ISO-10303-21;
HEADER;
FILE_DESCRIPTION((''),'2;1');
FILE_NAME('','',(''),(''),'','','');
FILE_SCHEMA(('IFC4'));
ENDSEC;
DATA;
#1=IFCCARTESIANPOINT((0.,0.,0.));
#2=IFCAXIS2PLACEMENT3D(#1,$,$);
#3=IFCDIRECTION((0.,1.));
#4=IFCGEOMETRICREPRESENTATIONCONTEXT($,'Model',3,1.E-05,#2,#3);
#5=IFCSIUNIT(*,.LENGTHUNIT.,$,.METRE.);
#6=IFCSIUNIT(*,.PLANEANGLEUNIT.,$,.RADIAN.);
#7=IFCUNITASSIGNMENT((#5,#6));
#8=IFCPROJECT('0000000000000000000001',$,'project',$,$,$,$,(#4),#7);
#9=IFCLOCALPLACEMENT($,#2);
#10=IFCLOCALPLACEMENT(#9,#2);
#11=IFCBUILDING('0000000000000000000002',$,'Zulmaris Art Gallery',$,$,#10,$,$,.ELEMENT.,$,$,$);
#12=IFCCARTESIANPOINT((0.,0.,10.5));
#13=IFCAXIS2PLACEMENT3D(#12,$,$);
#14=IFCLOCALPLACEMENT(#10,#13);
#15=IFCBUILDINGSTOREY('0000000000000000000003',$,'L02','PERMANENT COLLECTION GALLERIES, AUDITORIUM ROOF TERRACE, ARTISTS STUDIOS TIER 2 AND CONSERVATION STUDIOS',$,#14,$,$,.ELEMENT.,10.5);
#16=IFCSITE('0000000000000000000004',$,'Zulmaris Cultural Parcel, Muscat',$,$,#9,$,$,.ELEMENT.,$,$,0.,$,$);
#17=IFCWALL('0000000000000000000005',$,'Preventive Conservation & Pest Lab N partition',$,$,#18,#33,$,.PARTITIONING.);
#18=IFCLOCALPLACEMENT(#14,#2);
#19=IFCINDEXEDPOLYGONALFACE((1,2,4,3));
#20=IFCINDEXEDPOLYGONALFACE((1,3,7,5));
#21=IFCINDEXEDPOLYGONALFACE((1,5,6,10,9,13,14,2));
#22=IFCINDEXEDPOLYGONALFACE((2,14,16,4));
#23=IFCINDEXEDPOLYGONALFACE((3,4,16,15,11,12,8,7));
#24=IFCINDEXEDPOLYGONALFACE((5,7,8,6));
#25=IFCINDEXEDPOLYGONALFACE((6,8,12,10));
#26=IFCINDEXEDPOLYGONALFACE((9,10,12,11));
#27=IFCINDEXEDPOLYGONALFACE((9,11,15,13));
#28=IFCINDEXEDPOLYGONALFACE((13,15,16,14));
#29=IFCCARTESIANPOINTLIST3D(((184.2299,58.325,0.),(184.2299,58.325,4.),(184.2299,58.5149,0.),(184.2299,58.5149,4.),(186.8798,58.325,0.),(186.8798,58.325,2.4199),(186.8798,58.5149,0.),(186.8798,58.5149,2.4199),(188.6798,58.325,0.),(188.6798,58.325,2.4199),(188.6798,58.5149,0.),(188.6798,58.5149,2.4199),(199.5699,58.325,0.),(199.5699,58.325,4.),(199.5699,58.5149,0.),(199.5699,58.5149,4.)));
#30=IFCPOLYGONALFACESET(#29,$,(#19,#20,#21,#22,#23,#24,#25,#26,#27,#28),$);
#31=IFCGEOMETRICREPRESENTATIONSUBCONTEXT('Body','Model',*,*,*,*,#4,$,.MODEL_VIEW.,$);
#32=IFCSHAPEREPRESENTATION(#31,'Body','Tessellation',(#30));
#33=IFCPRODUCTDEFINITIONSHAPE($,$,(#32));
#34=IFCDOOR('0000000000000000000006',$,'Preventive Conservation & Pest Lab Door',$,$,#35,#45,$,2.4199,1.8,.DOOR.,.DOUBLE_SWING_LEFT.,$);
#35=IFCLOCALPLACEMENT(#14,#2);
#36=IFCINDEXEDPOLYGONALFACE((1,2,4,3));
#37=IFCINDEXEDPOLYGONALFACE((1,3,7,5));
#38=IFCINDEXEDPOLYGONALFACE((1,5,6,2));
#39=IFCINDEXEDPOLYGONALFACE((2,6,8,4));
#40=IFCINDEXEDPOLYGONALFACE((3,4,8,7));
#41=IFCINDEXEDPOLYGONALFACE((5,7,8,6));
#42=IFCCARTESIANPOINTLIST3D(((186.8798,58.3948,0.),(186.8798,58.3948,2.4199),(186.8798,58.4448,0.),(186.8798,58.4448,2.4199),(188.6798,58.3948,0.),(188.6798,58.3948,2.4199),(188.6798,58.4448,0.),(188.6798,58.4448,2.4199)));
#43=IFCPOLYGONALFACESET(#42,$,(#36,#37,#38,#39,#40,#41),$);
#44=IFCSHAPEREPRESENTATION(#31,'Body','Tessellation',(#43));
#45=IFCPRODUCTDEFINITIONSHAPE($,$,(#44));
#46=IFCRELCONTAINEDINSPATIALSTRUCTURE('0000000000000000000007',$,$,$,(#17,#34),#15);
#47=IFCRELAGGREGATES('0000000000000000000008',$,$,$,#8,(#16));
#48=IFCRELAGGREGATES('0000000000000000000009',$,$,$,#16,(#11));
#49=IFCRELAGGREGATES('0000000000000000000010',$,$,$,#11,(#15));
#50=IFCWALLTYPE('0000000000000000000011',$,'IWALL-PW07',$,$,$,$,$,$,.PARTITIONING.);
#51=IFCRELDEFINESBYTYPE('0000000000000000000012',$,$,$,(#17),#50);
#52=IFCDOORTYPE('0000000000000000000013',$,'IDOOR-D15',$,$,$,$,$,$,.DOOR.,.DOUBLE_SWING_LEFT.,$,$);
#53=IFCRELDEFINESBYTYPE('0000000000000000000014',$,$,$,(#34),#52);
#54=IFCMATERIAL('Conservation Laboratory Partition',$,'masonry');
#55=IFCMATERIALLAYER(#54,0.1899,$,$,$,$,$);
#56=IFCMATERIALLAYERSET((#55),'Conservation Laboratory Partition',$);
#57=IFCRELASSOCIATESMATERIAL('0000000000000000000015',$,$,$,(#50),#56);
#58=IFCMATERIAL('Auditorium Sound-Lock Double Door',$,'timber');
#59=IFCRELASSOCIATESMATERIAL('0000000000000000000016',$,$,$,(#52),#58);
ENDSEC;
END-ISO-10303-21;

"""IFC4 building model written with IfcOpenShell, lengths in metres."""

from ifc_helpers import new_model, si_unit, direction, frame, frame_2d, origin, place, context, subcontext, project, spatial, rectangle, extrude, material, layer, layer_set, type_object, element, fill, save


model = new_model("IFC4")

# Units and contexts
model_context = context("Model", 3, precision=1e-05, world=origin(), true_north=direction((0.0, 1.0)))
body_context = subcontext(model_context, "Body", "Model", "MODEL_VIEW")
ifc_project = project(units=[si_unit("LENGTHUNIT", "METRE"), si_unit("PLANEANGLEUNIT", "RADIAN")], contexts=[model_context])

# Site, building, storey
site_placement = place(None, origin())
site = spatial("IfcSite", under=ifc_project, at=site_placement, Name="Zulmaris Cultural Parcel, Muscat", CompositionType="ELEMENT", RefElevation=0.0)
building_placement = place(site_placement, origin())
building = spatial("IfcBuilding", under=site, at=building_placement, Name="Zulmaris Art Gallery", CompositionType="ELEMENT")
storey_placement = place(building_placement, frame((0.0, 0.0, 10.5)))
storey = spatial("IfcBuildingStorey", under=building, at=storey_placement, Name="L02", Description="PERMANENT COLLECTION GALLERIES, AUDITORIUM ROOF TERRACE, ARTISTS STUDIOS TIER 2 AND CONSERVATION STUDIOS", CompositionType="ELEMENT", Elevation=10.5)

# Wall, opening, door
ifc_material_1 = material(Name="Conservation Laboratory Partition", Category="masonry")
ifc_layer_1 = layer(ifc_material_1, 0.1899)
ifc_layer_set_1 = layer_set([ifc_layer_1], Name="Conservation Laboratory Partition")
wall_type_1 = type_object("IfcWallType", Name="IWALL-PW07", PredefinedType="PARTITIONING", material=ifc_layer_set_1)
wall_1_placement = place(storey_placement, frame((184.23, 58.4199, 0.0), z_axis=(0.0, 0.0, 1.0), x_axis=(1.0, 0.0, 0.0)))
wall_1 = element("IfcWall", 1, at=wall_1_placement, inside=storey, type_object=wall_type_1, Name="Preventive Conservation & Pest Lab N partition", PredefinedType="PARTITIONING", context=body_context, shape_type="SweptSolid", body=[
    extrude(rectangle(XDim=15.3401, YDim=0.1899, at=frame_2d((7.6699, 0.0))), origin(), (0.0, 0.0, 1.0), 4.0),
])
opening_placement = place(wall_1_placement, frame((2.6499, 0.0, 0.0)))
opening = element("IfcOpeningElement", 2, at=opening_placement, cuts=wall_1, PredefinedType="OPENING", context=body_context, shape_type="SweptSolid", body=[
    extrude(rectangle(XDim=1.8, YDim=2.4199, at=frame_2d((0.8999, 1.21))), frame((0.0, 0.105, 0.0), z_axis=(0.0, -1.0, 0.0), x_axis=(1.0, 0.0, 0.0)), (0.0, 0.0, 1.0), 0.21),
])
ifc_material_2 = material(Name="Auditorium Sound-Lock Double Door", Category="timber")
door_type = type_object("IfcDoorType", Name="IDOOR-D15", OperationType="DOUBLE_SWING_LEFT", PredefinedType="DOOR", material=ifc_material_2)
door_placement = place(opening_placement, origin())
door = element("IfcDoor", 3, at=door_placement, inside=storey, type_object=door_type, Name="Preventive Conservation & Pest Lab Door", OperationType="DOUBLE_SWING_LEFT", OverallHeight=2.4199, OverallWidth=1.8, PredefinedType="DOOR", context=body_context, shape_type="SweptSolid", body=[
    extrude(rectangle(XDim=1.8, YDim=2.4199, at=frame_2d((0.8999, 1.21))), frame((0.0, 0.0249, 0.0), z_axis=(0.0, -1.0, 0.0), x_axis=(1.0, 0.0, 0.0)), (0.0, 0.0, 1.0), 0.05),
])
fill(opening, door)

save(model, "model.ifc")
